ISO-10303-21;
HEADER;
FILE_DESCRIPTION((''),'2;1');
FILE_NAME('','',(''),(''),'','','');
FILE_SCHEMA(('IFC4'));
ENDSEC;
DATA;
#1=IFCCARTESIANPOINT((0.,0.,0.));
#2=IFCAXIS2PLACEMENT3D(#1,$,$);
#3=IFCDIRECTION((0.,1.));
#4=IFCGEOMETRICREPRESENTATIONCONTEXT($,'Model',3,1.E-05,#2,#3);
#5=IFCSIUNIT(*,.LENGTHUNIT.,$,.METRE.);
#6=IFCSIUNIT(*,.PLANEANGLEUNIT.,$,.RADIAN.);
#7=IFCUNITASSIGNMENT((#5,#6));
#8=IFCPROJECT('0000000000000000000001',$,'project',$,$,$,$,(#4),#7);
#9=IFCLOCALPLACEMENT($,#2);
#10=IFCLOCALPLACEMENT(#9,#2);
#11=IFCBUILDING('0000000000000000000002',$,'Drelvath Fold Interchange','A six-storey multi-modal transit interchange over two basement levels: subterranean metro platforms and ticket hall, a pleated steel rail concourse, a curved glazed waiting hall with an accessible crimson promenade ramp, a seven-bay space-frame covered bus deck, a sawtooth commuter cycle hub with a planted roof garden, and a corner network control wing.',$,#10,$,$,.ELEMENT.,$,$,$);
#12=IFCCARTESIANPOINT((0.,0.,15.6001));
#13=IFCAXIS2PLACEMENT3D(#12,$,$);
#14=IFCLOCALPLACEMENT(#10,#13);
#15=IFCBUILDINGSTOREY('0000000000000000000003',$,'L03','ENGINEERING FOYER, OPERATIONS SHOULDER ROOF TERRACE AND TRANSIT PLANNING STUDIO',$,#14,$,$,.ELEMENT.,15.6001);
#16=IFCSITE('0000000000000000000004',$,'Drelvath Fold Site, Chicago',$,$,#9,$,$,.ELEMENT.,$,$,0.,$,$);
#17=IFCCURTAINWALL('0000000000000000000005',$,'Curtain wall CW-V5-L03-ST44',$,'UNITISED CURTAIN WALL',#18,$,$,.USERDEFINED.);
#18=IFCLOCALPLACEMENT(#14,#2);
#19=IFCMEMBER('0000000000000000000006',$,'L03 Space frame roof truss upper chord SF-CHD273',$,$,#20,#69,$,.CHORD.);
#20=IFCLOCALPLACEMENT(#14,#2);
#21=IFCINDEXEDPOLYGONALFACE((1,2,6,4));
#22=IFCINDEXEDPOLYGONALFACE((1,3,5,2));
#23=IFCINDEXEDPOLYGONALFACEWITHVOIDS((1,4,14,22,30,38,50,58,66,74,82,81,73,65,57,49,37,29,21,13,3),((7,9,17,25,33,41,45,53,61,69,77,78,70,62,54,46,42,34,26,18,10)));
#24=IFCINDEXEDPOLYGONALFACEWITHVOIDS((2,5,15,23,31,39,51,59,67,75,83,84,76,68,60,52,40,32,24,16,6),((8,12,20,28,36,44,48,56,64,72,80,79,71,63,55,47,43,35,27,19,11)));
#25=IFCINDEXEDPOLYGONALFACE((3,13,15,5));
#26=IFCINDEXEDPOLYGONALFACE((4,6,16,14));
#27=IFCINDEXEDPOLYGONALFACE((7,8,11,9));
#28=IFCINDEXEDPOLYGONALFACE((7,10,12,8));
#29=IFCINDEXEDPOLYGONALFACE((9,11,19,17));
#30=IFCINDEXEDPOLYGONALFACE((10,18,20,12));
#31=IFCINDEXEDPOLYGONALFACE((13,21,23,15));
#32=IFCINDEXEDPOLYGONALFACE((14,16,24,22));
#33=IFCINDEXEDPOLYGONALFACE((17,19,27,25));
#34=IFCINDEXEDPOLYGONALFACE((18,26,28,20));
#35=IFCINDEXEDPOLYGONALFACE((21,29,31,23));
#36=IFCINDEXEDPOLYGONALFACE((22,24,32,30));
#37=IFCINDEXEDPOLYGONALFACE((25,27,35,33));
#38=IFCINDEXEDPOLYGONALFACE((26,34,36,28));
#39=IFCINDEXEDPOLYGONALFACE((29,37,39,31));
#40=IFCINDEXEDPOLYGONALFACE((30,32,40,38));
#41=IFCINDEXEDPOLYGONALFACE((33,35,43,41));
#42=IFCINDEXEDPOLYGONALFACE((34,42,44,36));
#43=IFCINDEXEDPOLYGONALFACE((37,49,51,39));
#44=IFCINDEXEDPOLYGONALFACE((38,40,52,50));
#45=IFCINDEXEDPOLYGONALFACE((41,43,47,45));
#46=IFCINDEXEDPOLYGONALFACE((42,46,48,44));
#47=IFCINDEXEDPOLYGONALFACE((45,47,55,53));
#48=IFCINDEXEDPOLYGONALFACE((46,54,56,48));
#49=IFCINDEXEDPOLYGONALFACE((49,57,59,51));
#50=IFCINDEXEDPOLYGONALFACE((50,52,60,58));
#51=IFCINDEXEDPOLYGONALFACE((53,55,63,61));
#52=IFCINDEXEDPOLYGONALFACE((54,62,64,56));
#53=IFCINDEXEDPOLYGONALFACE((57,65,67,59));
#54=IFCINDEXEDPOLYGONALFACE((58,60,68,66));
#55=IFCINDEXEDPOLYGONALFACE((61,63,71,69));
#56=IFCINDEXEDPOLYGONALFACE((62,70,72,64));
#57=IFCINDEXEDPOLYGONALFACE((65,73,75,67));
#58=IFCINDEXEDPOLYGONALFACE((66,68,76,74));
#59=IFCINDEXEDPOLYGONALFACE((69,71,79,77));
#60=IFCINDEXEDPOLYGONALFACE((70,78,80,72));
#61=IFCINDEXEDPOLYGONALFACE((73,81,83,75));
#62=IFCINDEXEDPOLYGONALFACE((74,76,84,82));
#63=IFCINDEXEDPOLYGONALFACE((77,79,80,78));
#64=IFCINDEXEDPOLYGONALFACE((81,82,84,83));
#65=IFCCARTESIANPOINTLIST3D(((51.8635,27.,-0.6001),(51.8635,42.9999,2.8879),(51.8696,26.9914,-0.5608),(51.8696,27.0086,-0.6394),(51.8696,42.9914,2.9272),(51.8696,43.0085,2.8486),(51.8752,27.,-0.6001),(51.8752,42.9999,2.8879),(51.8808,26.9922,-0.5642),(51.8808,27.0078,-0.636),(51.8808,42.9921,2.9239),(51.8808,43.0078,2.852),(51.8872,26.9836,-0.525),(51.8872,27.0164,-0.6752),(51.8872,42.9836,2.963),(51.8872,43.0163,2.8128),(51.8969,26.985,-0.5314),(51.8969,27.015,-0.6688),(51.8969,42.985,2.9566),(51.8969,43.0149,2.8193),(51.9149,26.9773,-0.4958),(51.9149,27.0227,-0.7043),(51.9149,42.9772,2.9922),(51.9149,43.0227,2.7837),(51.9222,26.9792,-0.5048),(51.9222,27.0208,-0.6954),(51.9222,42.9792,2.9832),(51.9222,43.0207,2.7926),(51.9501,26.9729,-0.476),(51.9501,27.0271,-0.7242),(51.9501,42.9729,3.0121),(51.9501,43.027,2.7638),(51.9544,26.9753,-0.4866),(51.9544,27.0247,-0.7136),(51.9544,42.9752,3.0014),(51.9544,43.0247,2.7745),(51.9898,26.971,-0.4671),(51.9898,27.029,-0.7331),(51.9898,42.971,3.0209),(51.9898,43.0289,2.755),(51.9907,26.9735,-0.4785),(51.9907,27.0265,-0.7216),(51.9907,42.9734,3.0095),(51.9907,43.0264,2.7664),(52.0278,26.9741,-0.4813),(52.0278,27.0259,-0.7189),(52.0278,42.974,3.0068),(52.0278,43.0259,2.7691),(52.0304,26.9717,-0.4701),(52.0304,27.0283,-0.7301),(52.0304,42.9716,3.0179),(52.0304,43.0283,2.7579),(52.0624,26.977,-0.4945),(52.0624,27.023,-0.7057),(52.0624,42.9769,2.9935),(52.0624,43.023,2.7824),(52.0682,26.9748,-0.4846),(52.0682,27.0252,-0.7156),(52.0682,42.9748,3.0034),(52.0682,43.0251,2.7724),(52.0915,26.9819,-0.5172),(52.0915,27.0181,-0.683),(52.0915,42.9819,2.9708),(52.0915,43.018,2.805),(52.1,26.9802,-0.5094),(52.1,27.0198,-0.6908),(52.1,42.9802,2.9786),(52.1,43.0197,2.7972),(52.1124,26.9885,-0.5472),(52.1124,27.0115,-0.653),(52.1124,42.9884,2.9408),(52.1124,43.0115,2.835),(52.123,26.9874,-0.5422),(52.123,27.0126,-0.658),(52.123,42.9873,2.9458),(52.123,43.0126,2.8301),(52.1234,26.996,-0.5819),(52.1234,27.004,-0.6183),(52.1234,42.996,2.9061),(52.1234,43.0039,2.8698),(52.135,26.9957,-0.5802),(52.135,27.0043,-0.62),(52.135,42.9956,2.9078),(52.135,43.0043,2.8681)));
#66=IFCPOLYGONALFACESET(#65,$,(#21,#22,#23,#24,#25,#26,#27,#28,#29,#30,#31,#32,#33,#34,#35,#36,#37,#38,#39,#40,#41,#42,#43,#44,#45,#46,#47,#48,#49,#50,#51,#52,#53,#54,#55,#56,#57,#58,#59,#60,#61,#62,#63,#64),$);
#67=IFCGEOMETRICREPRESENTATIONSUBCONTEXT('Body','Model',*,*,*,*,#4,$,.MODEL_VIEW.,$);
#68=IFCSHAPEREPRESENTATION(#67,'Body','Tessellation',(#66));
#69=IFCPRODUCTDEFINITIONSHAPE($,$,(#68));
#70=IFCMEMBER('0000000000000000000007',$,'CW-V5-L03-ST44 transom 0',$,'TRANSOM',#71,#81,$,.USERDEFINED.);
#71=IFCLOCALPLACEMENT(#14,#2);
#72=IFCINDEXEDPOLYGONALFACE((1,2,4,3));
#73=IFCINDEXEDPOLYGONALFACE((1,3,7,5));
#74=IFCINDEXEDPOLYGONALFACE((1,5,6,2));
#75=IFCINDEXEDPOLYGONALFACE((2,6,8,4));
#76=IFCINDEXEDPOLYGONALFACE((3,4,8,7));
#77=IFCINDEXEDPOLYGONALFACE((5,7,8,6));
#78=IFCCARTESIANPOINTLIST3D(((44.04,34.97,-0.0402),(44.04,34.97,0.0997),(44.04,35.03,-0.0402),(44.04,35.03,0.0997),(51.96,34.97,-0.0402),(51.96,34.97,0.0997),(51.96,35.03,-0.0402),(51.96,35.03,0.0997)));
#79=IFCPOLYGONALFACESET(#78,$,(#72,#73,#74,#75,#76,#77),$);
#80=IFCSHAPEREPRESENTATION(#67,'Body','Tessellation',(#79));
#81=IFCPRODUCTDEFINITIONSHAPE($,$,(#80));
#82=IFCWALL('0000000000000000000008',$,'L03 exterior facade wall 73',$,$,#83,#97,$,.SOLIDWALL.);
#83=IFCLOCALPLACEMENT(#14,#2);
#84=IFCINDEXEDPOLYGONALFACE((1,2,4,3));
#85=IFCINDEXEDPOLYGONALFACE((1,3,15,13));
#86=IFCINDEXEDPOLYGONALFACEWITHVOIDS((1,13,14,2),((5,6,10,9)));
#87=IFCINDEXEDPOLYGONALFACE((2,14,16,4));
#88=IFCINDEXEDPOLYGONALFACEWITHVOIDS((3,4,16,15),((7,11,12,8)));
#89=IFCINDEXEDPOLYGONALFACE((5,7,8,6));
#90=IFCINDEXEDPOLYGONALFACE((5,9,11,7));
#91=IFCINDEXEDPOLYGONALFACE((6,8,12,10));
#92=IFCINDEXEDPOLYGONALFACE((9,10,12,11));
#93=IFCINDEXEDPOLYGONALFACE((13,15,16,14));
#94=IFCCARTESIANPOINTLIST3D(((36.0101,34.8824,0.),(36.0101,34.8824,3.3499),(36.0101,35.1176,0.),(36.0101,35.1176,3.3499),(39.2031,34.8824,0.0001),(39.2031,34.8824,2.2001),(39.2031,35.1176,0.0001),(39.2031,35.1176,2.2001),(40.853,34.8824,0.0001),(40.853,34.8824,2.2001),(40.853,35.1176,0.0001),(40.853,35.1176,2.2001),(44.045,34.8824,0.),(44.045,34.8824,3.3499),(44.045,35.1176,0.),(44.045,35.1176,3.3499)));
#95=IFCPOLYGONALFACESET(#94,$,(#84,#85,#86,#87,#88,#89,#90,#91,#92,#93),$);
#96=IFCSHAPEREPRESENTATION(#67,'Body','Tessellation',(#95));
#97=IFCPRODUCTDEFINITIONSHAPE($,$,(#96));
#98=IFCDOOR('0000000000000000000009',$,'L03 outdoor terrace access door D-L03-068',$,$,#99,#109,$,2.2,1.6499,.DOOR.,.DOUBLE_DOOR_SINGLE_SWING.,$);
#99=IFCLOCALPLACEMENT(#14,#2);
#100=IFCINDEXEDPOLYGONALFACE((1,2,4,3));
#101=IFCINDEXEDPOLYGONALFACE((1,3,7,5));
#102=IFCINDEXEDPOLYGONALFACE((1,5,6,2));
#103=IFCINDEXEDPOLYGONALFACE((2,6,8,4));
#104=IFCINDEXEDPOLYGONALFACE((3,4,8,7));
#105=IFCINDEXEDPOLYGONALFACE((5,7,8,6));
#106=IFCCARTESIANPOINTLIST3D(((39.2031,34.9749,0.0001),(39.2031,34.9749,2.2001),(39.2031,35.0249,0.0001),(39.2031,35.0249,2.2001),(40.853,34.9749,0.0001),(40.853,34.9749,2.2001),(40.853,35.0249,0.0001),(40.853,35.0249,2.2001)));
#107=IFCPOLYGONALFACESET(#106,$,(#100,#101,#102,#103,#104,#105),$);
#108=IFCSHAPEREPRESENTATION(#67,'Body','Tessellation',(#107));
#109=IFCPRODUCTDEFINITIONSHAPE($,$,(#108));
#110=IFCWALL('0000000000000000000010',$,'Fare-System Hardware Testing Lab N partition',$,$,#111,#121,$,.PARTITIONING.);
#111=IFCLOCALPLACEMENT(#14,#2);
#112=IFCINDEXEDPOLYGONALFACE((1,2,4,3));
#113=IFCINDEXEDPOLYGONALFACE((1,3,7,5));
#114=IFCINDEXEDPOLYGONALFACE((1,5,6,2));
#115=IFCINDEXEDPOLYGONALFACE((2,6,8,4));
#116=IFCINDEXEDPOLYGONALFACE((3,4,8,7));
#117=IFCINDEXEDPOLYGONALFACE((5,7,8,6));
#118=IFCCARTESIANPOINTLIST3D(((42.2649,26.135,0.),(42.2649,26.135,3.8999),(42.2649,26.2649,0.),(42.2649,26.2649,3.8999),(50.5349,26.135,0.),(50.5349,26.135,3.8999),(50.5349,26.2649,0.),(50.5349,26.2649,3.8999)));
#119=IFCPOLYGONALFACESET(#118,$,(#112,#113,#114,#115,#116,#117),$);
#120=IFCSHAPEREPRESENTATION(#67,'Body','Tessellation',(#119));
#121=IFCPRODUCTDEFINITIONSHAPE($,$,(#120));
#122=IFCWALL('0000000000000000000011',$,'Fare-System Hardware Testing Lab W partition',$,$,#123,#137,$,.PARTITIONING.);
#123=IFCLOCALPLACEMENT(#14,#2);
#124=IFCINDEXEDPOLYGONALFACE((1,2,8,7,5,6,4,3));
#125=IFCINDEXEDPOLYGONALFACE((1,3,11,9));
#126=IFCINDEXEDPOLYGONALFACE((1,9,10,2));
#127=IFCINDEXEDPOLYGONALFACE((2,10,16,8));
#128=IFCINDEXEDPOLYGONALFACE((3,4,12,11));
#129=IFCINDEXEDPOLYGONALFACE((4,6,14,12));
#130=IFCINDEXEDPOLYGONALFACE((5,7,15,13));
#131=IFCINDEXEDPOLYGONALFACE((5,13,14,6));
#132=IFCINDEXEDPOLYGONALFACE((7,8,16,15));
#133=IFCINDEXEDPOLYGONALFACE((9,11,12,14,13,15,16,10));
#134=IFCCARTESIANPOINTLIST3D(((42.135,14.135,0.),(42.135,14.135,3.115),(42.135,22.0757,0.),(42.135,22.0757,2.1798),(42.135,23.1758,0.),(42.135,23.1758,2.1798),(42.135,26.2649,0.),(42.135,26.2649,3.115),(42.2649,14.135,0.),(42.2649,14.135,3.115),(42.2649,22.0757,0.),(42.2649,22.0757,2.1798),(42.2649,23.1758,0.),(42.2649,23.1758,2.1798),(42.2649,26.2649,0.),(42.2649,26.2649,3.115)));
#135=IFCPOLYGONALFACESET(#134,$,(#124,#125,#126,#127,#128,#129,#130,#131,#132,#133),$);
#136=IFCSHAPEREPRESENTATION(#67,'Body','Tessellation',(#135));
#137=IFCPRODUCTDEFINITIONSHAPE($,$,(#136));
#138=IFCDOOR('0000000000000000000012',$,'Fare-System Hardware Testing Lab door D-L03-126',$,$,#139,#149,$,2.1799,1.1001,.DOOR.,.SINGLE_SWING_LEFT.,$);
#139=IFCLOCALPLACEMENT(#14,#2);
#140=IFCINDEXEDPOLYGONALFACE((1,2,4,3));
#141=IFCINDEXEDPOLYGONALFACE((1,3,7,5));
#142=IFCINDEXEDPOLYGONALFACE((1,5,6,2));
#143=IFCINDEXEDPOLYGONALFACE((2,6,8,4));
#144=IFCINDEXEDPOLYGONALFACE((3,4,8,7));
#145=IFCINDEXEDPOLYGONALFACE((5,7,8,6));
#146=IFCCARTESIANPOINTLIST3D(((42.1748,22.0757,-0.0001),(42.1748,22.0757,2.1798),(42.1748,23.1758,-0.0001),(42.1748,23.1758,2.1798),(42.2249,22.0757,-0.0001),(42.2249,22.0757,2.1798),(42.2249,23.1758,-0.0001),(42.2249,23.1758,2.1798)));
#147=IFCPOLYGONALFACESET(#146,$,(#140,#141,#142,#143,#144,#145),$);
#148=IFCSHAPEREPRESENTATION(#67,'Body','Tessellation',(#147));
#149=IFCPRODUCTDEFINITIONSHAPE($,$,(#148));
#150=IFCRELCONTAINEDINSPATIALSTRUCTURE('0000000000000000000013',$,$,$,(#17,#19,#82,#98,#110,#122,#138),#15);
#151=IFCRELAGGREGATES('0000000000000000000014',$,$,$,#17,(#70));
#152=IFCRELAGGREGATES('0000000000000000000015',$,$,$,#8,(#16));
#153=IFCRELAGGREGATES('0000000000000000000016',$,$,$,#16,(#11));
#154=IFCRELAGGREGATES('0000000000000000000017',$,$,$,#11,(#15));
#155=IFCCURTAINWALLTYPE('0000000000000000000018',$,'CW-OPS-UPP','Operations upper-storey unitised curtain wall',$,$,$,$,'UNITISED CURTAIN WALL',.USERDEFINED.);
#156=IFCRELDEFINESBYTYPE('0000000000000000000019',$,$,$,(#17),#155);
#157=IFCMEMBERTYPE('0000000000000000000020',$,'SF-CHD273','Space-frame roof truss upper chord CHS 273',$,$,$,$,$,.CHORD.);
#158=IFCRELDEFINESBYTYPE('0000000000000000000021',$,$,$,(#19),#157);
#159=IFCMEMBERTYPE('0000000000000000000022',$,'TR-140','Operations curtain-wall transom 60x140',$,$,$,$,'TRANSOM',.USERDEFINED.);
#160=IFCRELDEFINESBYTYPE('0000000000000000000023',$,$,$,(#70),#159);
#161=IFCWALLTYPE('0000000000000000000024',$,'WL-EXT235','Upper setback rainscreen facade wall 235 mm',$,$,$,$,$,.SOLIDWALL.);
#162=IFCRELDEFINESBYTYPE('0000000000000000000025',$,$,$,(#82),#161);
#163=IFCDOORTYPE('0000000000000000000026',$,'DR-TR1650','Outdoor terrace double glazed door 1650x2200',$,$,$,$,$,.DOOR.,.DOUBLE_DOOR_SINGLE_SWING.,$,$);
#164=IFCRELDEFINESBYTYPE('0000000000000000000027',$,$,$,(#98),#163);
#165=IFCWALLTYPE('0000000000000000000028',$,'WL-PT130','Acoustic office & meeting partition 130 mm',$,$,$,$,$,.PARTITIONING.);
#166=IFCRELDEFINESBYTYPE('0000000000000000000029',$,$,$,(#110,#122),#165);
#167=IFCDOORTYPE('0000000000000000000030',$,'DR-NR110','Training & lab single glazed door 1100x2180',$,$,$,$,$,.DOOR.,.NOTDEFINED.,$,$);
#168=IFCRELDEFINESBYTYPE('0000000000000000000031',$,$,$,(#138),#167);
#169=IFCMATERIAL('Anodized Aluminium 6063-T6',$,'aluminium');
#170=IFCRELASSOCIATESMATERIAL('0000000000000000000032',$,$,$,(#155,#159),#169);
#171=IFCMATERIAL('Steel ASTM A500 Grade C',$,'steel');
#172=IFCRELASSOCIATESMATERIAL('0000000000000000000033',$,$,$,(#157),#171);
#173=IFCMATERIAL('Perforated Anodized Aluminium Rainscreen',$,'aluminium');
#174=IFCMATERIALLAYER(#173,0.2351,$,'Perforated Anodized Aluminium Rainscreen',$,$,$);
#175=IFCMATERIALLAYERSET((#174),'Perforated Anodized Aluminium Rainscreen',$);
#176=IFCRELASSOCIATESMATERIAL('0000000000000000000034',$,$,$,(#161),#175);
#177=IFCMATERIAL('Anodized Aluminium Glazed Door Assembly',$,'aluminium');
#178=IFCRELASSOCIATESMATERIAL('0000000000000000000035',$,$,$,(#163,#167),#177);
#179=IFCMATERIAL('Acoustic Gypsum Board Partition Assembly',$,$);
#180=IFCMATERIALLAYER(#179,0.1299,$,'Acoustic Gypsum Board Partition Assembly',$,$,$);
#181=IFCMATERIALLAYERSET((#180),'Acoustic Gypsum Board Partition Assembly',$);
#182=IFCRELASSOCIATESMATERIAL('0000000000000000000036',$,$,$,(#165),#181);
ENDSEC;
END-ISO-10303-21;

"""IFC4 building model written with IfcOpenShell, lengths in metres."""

from ifc_helpers import new_model, si_unit, direction, frame, frame_2d, origin, origin_2d, place, context, subcontext, project, spatial, rectangle, hollow_circle, extrude, material, layer, layer_set, material_profile, profile_set, type_object, element, fill, aggregate, save


model = new_model("IFC4")

# Units and contexts
model_context = context("Model", 3, precision=1e-05, world=origin(), true_north=direction((0.0, 1.0)))
body_context = subcontext(model_context, "Body", "Model", "MODEL_VIEW")
ifc_project = project(units=[si_unit("LENGTHUNIT", "METRE"), si_unit("PLANEANGLEUNIT", "RADIAN")], contexts=[model_context])

# Site, building, storey
site_placement = place(None, origin())
site = spatial("IfcSite", under=ifc_project, at=site_placement, Name="Drelvath Fold Site, Chicago", CompositionType="ELEMENT", RefElevation=0.0)
building_placement = place(site_placement, origin())
building = spatial("IfcBuilding", under=site, at=building_placement, Name="Drelvath Fold Interchange", Description="A six-storey multi-modal transit interchange over two basement levels: subterranean metro platforms and ticket hall, a pleated steel rail concourse, a curved glazed waiting hall with an accessible crimson promenade ramp, a seven-bay space-frame covered bus deck, a sawtooth commuter cycle hub with a planted roof garden, and a corner network control wing.", CompositionType="ELEMENT")
storey_placement = place(building_placement, frame((0.0, 0.0, 15.6001)))
storey = spatial("IfcBuildingStorey", under=building, at=storey_placement, Name="L03", Description="ENGINEERING FOYER, OPERATIONS SHOULDER ROOF TERRACE AND TRANSIT PLANNING STUDIO", CompositionType="ELEMENT", Elevation=15.6001)

# Curtain wall
ifc_material_1 = material(Name="Anodized Aluminium 6063-T6", Category="aluminium")
curtain_wall_type = type_object("IfcCurtainWallType", Name="CW-OPS-UPP", Description="Operations upper-storey unitised curtain wall", ElementType="UNITISED CURTAIN WALL", PredefinedType="USERDEFINED", material=ifc_material_1)
curtain_wall_placement = place(storey_placement, origin())
curtain_wall = element("IfcCurtainWall", 1, at=curtain_wall_placement, inside=storey, type_object=curtain_wall_type, Name="Curtain wall CW-V5-L03-ST44", ObjectType="UNITISED CURTAIN WALL", PredefinedType="USERDEFINED")

# Member
ifc_material_2 = material(Name="Steel ASTM A500 Grade C", Category="steel")
ifc_material_profile_1 = material_profile(ifc_material_2, hollow_circle(Radius=0.1365, WallThickness=0.0117, at=origin_2d()), Name="HSS10.750X0.500")
ifc_profile_set_1 = profile_set([ifc_material_profile_1], Name="Steel ASTM A500 Grade C")
member_type_1 = type_object("IfcMemberType", Name="SF-CHD273", Description="Space-frame roof truss upper chord CHS 273", PredefinedType="CHORD", material=ifc_profile_set_1)
for number, where, z_axis, x_axis, name in (
    (2, (52.0, 27.0, -0.6001), (0.0, 0.977052, 0.213), (-1.0, 0.0, 0.0), "L03 Space frame roof truss upper chord SF-CHD273"),
):
    element("IfcMember", number, at=place(storey_placement, frame(where, z_axis=z_axis, x_axis=x_axis)), inside=storey, type_object=member_type_1, Name=name, PredefinedType="CHORD", context=body_context, shape_type="SweptSolid", body=[
        extrude(hollow_circle(Radius=0.1365, WallThickness=0.0117, at=origin_2d()), origin(), (0.0, 0.0, 1.0), 16.3757),
    ])

# Member
ifc_material_profile_2 = material_profile(ifc_material_1, rectangle(XDim=0.0601, YDim=0.1399, at=origin_2d()), Name="AL-T 60x140")
ifc_profile_set_2 = profile_set([ifc_material_profile_2], Name="Anodized Aluminium 6063-T6")
member_type_2 = type_object("IfcMemberType", Name="TR-140", Description="Operations curtain-wall transom 60x140", ElementType="TRANSOM", PredefinedType="USERDEFINED", material=ifc_profile_set_2)
member_1_placement = place(storey_placement, frame((44.04, 35.0, 0.0298), z_axis=(1.0, 0.0, 0.0), x_axis=(0.0, 1.0, 0.0)))
member_1 = element("IfcMember", 3, at=member_1_placement, type_object=member_type_2, Name="CW-V5-L03-ST44 transom 0", ObjectType="TRANSOM", PredefinedType="USERDEFINED", context=body_context, shape_type="SweptSolid", body=[
    extrude(rectangle(XDim=0.0601, YDim=0.1399, at=origin_2d()), origin(), (0.0, 0.0, 1.0), 7.9199),
])
aggregate(curtain_wall, [member_1])

# Wall, opening, door
ifc_material_3 = material(Name="Perforated Anodized Aluminium Rainscreen", Category="aluminium")
ifc_layer_1 = layer(ifc_material_3, 0.2351, Name="Perforated Anodized Aluminium Rainscreen")
ifc_layer_set_1 = layer_set([ifc_layer_1], Name="Perforated Anodized Aluminium Rainscreen")
wall_type_1 = type_object("IfcWallType", Name="WL-EXT235", Description="Upper setback rainscreen facade wall 235 mm", PredefinedType="SOLIDWALL", material=ifc_layer_set_1)
wall_1_placement = place(storey_placement, frame((36.01, 35.0, 0.0), z_axis=(0.0, 0.0, 1.0), x_axis=(1.0, 0.0, 0.0)))
wall_1 = element("IfcWall", 4, at=wall_1_placement, inside=storey, type_object=wall_type_1, Name="L03 exterior facade wall 73", PredefinedType="SOLIDWALL", context=body_context, shape_type="SweptSolid", body=[
    extrude(rectangle(XDim=8.0349, YDim=0.2351, at=frame_2d((4.0176, 0.0))), origin(), (0.0, 0.0, 1.0), 3.3499),
])
opening_1_placement = place(wall_1_placement, frame((3.1931, 0.0, 0.0)))
opening_1 = element("IfcOpeningElement", 5, at=opening_1_placement, cuts=wall_1, PredefinedType="OPENING", context=body_context, shape_type="SweptSolid", body=[
    extrude(rectangle(XDim=1.6499, YDim=2.2, at=frame_2d((0.825, 1.1001))), frame((0.0, 0.1274, 0.0), z_axis=(0.0, -1.0, 0.0), x_axis=(1.0, 0.0, 0.0)), (0.0, 0.0, 1.0), 0.2551),
])
ifc_material_4 = material(Name="Anodized Aluminium Glazed Door Assembly", Category="aluminium")
door_type_1 = type_object("IfcDoorType", Name="DR-TR1650", Description="Outdoor terrace double glazed door 1650x2200", OperationType="DOUBLE_DOOR_SINGLE_SWING", PredefinedType="DOOR", material=ifc_material_4)
door_1_placement = place(opening_1_placement, origin())
door_1 = element("IfcDoor", 6, at=door_1_placement, inside=storey, type_object=door_type_1, Name="L03 outdoor terrace access door D-L03-068", OperationType="DOUBLE_DOOR_SINGLE_SWING", OverallHeight=2.2, OverallWidth=1.6499, PredefinedType="DOOR", context=body_context, shape_type="SweptSolid", body=[
    extrude(rectangle(XDim=1.6499, YDim=2.2, at=frame_2d((0.825, 1.1001))), frame((0.0, 0.0249, 0.0), z_axis=(0.0, -1.0, 0.0), x_axis=(1.0, 0.0, 0.0)), (0.0, 0.0, 1.0), 0.05),
])
fill(opening_1, door_1)

# Wall
ifc_material_5 = material(Name="Acoustic Gypsum Board Partition Assembly")
ifc_layer_2 = layer(ifc_material_5, 0.1299, Name="Acoustic Gypsum Board Partition Assembly")
ifc_layer_set_2 = layer_set([ifc_layer_2], Name="Acoustic Gypsum Board Partition Assembly")
wall_type_2 = type_object("IfcWallType", Name="WL-PT130", Description="Acoustic office & meeting partition 130 mm", PredefinedType="PARTITIONING", material=ifc_layer_set_2)
wall_2_placement = place(storey_placement, frame((50.5349, 26.2, 0.0), z_axis=(0.0, 0.0, 1.0), x_axis=(-1.0, 0.0, 0.0)))
element("IfcWall", 7, at=wall_2_placement, inside=storey, type_object=wall_type_2, Name="Fare-System Hardware Testing Lab N partition", PredefinedType="PARTITIONING", context=body_context, shape_type="SweptSolid", body=[
    extrude(rectangle(XDim=8.27, YDim=0.1299, at=frame_2d((4.135, 0.0))), origin(), (0.0, 0.0, 1.0), 3.8999),
])

# Wall, opening, door
wall_3_placement = place(storey_placement, frame((42.2, 26.2649, 0.0), z_axis=(0.0, 0.0, 1.0), x_axis=(0.0, -1.0, 0.0)))
wall_3 = element("IfcWall", 8, at=wall_3_placement, inside=storey, type_object=wall_type_2, Name="Fare-System Hardware Testing Lab W partition", PredefinedType="PARTITIONING", context=body_context, shape_type="SweptSolid", body=[
    extrude(rectangle(XDim=12.1299, YDim=0.1299, at=frame_2d((6.0649, 0.0))), origin(), (0.0, 0.0, 1.0), 3.115),
])
opening_2_placement = place(wall_3_placement, frame((3.0891, 0.0, 0.0)))
opening_2 = element("IfcOpeningElement", 9, at=opening_2_placement, cuts=wall_3, PredefinedType="OPENING", context=body_context, shape_type="SweptSolid", body=[
    extrude(rectangle(XDim=1.1001, YDim=2.1799, at=frame_2d((0.55, 1.0898))), frame((0.0, 0.075, 0.0), z_axis=(0.0, -1.0, 0.0), x_axis=(1.0, 0.0, 0.0)), (0.0, 0.0, 1.0), 0.1499),
])
door_type_2 = type_object("IfcDoorType", Name="DR-NR110", Description="Training & lab single glazed door 1100x2180", OperationType="NOTDEFINED", PredefinedType="DOOR", material=ifc_material_4)
door_2_placement = place(opening_2_placement, origin())
door_2 = element("IfcDoor", 10, at=door_2_placement, inside=storey, type_object=door_type_2, Name="Fare-System Hardware Testing Lab door D-L03-126", OperationType="SINGLE_SWING_LEFT", OverallHeight=2.1799, OverallWidth=1.1001, PredefinedType="DOOR", context=body_context, shape_type="SweptSolid", body=[
    extrude(rectangle(XDim=1.1001, YDim=2.1799, at=frame_2d((0.55, 1.0898))), frame((0.0, 0.0249, 0.0), z_axis=(0.0, -1.0, 0.0), x_axis=(1.0, 0.0, 0.0)), (0.0, 0.0, 1.0), 0.05),
])
fill(opening_2, door_2)

save(model, "model.ifc")
